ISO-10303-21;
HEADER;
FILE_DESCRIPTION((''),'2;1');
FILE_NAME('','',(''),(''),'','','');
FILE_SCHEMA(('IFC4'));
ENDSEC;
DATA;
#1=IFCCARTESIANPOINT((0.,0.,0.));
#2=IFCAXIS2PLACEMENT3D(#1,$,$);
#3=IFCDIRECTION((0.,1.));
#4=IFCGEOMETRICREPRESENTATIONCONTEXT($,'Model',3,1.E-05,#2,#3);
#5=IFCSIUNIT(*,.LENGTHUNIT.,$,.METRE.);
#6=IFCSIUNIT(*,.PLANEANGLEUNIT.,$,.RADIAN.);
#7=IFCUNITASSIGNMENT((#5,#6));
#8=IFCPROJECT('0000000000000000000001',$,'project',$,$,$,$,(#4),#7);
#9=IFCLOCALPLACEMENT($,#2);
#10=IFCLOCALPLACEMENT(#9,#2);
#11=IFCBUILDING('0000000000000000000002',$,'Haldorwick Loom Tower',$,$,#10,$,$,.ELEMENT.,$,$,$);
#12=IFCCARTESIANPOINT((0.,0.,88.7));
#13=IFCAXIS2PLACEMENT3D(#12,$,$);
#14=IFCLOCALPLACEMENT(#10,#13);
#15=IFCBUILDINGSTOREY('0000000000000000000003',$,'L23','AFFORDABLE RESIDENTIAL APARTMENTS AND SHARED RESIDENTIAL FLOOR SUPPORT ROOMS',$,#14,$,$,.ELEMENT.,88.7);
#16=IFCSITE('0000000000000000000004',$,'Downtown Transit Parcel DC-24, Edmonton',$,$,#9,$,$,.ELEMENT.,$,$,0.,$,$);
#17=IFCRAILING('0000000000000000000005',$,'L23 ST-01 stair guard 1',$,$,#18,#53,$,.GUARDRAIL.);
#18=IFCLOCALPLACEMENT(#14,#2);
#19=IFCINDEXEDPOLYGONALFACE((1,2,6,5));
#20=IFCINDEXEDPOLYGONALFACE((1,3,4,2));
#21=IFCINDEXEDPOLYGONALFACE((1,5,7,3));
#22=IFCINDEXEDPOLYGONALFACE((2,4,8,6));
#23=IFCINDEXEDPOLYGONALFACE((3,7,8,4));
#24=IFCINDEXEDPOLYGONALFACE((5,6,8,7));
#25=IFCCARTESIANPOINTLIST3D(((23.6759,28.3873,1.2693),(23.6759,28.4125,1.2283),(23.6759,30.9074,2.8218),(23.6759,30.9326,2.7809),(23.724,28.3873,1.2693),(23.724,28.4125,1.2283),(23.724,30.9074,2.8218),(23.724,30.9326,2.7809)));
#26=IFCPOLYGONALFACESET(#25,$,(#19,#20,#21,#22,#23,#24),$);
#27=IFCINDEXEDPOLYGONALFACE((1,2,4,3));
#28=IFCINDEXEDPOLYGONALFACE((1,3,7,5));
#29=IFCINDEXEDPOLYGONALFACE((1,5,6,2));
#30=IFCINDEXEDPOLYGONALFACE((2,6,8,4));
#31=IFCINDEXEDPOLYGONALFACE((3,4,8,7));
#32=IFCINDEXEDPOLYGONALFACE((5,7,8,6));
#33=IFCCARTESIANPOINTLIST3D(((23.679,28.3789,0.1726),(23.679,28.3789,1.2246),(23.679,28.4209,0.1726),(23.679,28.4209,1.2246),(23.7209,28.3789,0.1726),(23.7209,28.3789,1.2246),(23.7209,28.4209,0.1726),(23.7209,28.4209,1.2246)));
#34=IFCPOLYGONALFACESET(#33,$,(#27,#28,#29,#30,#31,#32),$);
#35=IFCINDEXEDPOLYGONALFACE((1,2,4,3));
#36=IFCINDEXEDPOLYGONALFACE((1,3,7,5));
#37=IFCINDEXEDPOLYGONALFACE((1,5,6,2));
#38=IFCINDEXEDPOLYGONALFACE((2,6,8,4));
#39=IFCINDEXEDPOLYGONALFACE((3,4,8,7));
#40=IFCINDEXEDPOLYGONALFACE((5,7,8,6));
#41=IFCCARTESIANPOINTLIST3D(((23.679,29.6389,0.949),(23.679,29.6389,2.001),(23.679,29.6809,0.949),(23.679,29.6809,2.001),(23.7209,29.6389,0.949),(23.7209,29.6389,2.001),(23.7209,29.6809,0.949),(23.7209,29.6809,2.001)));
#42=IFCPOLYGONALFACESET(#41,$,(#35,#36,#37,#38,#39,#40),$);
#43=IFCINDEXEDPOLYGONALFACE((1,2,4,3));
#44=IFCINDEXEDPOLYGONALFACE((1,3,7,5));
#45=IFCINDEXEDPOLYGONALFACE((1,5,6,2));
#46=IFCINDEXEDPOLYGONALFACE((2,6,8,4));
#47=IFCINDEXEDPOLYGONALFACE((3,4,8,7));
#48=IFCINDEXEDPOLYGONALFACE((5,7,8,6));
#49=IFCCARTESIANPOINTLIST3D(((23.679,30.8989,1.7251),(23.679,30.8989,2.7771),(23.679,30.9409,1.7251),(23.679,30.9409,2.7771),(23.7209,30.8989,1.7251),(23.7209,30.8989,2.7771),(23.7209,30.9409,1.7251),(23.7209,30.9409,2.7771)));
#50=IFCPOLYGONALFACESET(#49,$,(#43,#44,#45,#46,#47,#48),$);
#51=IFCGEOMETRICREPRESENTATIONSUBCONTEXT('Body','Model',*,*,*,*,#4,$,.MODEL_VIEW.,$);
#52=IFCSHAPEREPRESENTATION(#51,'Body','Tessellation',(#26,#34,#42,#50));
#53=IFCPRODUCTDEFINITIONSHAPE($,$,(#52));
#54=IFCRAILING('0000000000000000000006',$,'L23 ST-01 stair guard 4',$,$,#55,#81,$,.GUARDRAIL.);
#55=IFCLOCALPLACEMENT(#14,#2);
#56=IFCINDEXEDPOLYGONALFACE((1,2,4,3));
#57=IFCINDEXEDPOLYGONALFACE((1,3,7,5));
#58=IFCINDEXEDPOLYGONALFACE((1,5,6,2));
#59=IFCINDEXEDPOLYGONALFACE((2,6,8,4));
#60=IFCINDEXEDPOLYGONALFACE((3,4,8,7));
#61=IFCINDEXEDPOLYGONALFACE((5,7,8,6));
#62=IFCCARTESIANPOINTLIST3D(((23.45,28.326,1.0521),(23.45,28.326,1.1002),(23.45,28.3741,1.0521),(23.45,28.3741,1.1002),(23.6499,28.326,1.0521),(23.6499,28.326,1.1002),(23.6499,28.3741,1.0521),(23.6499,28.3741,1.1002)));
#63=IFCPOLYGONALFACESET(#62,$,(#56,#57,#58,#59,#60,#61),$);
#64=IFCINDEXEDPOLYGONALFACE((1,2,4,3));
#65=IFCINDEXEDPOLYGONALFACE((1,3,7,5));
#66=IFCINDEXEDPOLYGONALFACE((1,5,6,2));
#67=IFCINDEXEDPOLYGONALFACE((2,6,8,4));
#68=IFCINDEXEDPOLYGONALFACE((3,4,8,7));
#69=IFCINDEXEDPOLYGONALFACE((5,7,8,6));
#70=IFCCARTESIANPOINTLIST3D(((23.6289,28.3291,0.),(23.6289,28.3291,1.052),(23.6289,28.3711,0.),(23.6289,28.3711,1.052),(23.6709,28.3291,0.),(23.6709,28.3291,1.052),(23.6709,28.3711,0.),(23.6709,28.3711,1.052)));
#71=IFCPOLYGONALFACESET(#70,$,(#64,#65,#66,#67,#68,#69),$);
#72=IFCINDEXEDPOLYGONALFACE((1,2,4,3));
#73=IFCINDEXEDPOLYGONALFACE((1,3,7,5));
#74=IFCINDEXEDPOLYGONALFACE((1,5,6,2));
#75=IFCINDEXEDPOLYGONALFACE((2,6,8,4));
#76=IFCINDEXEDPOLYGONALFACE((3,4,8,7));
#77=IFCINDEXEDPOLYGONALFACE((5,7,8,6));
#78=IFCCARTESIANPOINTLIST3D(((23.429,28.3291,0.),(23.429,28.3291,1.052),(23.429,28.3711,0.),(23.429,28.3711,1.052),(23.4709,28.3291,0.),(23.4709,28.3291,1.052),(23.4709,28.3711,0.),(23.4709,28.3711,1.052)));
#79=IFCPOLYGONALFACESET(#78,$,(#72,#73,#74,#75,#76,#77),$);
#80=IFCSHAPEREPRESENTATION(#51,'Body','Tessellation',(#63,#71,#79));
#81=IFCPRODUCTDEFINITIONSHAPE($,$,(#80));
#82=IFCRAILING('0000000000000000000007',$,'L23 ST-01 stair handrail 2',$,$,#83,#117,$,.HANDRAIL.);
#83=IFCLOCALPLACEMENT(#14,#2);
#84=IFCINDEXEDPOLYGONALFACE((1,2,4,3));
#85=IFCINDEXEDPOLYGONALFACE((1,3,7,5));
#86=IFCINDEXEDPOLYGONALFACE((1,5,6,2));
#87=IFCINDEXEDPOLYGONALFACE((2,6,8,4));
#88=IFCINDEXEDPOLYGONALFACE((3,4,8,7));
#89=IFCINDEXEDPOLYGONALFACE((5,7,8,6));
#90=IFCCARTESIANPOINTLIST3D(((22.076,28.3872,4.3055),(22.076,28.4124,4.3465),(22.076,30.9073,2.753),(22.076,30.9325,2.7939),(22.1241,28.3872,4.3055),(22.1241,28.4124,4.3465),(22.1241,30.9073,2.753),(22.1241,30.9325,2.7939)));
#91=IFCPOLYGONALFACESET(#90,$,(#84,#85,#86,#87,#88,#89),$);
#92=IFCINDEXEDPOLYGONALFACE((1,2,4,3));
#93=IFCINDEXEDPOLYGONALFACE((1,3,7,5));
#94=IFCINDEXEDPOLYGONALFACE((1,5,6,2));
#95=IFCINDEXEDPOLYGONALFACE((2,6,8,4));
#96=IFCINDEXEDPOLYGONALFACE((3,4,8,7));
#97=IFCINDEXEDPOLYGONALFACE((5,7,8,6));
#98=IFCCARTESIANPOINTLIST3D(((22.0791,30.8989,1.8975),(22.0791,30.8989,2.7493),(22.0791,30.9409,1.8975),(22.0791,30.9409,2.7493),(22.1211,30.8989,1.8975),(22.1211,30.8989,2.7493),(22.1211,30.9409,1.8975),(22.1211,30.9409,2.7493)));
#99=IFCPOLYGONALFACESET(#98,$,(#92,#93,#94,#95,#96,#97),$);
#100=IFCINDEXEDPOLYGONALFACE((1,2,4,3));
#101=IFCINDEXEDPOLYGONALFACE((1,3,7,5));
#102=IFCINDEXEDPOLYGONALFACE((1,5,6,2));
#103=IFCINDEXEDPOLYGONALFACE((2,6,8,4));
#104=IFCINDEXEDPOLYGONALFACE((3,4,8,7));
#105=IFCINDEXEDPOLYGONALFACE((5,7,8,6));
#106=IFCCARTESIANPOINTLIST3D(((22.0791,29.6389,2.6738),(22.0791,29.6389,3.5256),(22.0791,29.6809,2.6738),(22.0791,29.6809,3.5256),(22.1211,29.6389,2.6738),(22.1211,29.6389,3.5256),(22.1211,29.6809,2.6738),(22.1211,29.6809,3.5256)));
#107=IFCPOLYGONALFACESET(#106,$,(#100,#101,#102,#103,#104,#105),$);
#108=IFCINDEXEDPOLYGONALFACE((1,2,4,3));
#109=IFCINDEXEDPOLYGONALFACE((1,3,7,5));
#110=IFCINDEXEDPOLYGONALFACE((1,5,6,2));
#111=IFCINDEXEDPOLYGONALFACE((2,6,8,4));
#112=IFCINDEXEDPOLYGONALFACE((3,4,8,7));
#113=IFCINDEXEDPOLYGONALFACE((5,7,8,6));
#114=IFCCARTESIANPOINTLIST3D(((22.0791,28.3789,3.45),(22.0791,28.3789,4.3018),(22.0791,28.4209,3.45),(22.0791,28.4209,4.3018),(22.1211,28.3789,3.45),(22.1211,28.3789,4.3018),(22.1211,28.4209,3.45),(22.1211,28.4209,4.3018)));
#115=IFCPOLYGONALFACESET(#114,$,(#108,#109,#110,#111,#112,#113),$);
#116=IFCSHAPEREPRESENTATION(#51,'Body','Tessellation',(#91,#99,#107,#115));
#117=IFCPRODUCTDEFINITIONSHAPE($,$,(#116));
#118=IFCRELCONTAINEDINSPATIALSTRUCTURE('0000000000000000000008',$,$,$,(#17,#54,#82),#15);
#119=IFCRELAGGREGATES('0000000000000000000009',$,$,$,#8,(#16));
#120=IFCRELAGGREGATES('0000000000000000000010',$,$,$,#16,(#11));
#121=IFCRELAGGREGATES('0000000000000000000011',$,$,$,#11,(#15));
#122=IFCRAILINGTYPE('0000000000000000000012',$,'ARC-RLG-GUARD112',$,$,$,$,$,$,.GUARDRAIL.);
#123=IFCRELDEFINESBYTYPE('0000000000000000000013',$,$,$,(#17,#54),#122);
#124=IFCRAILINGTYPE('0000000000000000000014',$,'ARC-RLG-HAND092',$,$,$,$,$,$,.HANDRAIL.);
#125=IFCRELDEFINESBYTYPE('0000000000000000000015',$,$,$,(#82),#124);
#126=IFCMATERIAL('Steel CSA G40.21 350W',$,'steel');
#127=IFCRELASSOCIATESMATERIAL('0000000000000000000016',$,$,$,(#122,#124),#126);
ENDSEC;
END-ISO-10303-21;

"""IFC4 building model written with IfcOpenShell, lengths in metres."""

from ifc_helpers import new_model, si_unit, direction, frame, origin, origin_2d, place, context, subcontext, project, spatial, rectangle, extrude, material, type_object, element, save


model = new_model("IFC4")

# Units and contexts
model_context = context("Model", 3, precision=1e-05, world=origin(), true_north=direction((0.0, 1.0)))
body_context = subcontext(model_context, "Body", "Model", "MODEL_VIEW")
ifc_project = project(units=[si_unit("LENGTHUNIT", "METRE"), si_unit("PLANEANGLEUNIT", "RADIAN")], contexts=[model_context])

# Site, building, storey
site_placement = place(None, origin())
site = spatial("IfcSite", under=ifc_project, at=site_placement, Name="Downtown Transit Parcel DC-24, Edmonton", CompositionType="ELEMENT", RefElevation=0.0)
building_placement = place(site_placement, origin())
building = spatial("IfcBuilding", under=site, at=building_placement, Name="Haldorwick Loom Tower", CompositionType="ELEMENT")
storey_placement = place(building_placement, frame((0.0, 0.0, 88.7)))
storey = spatial("IfcBuildingStorey", under=building, at=storey_placement, Name="L23", Description="AFFORDABLE RESIDENTIAL APARTMENTS AND SHARED RESIDENTIAL FLOOR SUPPORT ROOMS", CompositionType="ELEMENT", Elevation=88.7)

# Shared definitions
ifc_material_1 = material(Name="Steel CSA G40.21 350W", Category="steel")

# Railings
railing_type_1 = type_object("IfcRailingType", Name="ARC-RLG-GUARD112", PredefinedType="GUARDRAIL", material=ifc_material_1)
railing_1_placement = place(storey_placement, frame((23.7, 28.3999, 0.1726)))
element("IfcRailing", 1, at=railing_1_placement, inside=storey, type_object=railing_type_1, Name="L23 ST-01 stair guard 1", PredefinedType="GUARDRAIL", context=body_context, shape_type="SweptSolid", body=[
    extrude(rectangle(XDim=0.0481, YDim=0.0481, at=origin_2d()), frame((0.0, 0.0, 1.0762), z_axis=(0.0, 0.8514, 0.524516), x_axis=(-1.0, 0.0, 0.0)), (0.0, 0.0, 1.0), 2.96),
    extrude(rectangle(XDim=0.042, YDim=0.042, at=origin_2d()), origin(), (0.0, 0.0, 1.0), 1.052),
    extrude(rectangle(XDim=0.042, YDim=0.042, at=origin_2d()), frame((0.0, 1.26, 0.7764)), (0.0, 0.0, 1.0), 1.052),
    extrude(rectangle(XDim=0.042, YDim=0.042, at=origin_2d()), frame((0.0, 2.52, 1.5525)), (0.0, 0.0, 1.0), 1.052),
])
railing_2_placement = place(storey_placement, frame((23.6499, 28.3501, 0.0)))
element("IfcRailing", 2, at=railing_2_placement, inside=storey, type_object=railing_type_1, Name="L23 ST-01 stair guard 4", PredefinedType="GUARDRAIL", context=body_context, shape_type="SweptSolid", body=[
    extrude(rectangle(XDim=0.0481, YDim=0.0481, at=origin_2d()), frame((0.0, 0.0, 1.0762), z_axis=(-1.0, 0.0, 0.0), x_axis=(0.0, -1.0, 0.0)), (0.0, 0.0, 1.0), 0.2),
    extrude(rectangle(XDim=0.042, YDim=0.042, at=origin_2d()), origin(), (0.0, 0.0, 1.0), 1.052),
    extrude(rectangle(XDim=0.042, YDim=0.042, at=origin_2d()), frame((-0.2, 0.0, 0.0)), (0.0, 0.0, 1.0), 1.052),
])
railing_type_2 = type_object("IfcRailingType", Name="ARC-RLG-HAND092", PredefinedType="HANDRAIL", material=ifc_material_1)
railing_3_placement = place(storey_placement, frame((22.1001, 30.9199, 1.8975)))
element("IfcRailing", 3, at=railing_3_placement, inside=storey, type_object=railing_type_2, Name="L23 ST-01 stair handrail 2", PredefinedType="HANDRAIL", context=body_context, shape_type="SweptSolid", body=[
    extrude(rectangle(XDim=0.0481, YDim=0.0481, at=origin_2d()), frame((0.0, 0.0, 0.876), z_axis=(0.0, -0.8514, 0.524516), x_axis=(1.0, 0.0, 0.0)), (0.0, 0.0, 1.0), 2.96),
    extrude(rectangle(XDim=0.042, YDim=0.042, at=origin_2d()), origin(), (0.0, 0.0, 1.0), 0.8518),
    extrude(rectangle(XDim=0.042, YDim=0.042, at=origin_2d()), frame((0.0, -1.26, 0.7764)), (0.0, 0.0, 1.0), 0.8518),
    extrude(rectangle(XDim=0.042, YDim=0.042, at=origin_2d()), frame((0.0, -2.52, 1.5525)), (0.0, 0.0, 1.0), 0.8518),
])

save(model, "model.ifc")
